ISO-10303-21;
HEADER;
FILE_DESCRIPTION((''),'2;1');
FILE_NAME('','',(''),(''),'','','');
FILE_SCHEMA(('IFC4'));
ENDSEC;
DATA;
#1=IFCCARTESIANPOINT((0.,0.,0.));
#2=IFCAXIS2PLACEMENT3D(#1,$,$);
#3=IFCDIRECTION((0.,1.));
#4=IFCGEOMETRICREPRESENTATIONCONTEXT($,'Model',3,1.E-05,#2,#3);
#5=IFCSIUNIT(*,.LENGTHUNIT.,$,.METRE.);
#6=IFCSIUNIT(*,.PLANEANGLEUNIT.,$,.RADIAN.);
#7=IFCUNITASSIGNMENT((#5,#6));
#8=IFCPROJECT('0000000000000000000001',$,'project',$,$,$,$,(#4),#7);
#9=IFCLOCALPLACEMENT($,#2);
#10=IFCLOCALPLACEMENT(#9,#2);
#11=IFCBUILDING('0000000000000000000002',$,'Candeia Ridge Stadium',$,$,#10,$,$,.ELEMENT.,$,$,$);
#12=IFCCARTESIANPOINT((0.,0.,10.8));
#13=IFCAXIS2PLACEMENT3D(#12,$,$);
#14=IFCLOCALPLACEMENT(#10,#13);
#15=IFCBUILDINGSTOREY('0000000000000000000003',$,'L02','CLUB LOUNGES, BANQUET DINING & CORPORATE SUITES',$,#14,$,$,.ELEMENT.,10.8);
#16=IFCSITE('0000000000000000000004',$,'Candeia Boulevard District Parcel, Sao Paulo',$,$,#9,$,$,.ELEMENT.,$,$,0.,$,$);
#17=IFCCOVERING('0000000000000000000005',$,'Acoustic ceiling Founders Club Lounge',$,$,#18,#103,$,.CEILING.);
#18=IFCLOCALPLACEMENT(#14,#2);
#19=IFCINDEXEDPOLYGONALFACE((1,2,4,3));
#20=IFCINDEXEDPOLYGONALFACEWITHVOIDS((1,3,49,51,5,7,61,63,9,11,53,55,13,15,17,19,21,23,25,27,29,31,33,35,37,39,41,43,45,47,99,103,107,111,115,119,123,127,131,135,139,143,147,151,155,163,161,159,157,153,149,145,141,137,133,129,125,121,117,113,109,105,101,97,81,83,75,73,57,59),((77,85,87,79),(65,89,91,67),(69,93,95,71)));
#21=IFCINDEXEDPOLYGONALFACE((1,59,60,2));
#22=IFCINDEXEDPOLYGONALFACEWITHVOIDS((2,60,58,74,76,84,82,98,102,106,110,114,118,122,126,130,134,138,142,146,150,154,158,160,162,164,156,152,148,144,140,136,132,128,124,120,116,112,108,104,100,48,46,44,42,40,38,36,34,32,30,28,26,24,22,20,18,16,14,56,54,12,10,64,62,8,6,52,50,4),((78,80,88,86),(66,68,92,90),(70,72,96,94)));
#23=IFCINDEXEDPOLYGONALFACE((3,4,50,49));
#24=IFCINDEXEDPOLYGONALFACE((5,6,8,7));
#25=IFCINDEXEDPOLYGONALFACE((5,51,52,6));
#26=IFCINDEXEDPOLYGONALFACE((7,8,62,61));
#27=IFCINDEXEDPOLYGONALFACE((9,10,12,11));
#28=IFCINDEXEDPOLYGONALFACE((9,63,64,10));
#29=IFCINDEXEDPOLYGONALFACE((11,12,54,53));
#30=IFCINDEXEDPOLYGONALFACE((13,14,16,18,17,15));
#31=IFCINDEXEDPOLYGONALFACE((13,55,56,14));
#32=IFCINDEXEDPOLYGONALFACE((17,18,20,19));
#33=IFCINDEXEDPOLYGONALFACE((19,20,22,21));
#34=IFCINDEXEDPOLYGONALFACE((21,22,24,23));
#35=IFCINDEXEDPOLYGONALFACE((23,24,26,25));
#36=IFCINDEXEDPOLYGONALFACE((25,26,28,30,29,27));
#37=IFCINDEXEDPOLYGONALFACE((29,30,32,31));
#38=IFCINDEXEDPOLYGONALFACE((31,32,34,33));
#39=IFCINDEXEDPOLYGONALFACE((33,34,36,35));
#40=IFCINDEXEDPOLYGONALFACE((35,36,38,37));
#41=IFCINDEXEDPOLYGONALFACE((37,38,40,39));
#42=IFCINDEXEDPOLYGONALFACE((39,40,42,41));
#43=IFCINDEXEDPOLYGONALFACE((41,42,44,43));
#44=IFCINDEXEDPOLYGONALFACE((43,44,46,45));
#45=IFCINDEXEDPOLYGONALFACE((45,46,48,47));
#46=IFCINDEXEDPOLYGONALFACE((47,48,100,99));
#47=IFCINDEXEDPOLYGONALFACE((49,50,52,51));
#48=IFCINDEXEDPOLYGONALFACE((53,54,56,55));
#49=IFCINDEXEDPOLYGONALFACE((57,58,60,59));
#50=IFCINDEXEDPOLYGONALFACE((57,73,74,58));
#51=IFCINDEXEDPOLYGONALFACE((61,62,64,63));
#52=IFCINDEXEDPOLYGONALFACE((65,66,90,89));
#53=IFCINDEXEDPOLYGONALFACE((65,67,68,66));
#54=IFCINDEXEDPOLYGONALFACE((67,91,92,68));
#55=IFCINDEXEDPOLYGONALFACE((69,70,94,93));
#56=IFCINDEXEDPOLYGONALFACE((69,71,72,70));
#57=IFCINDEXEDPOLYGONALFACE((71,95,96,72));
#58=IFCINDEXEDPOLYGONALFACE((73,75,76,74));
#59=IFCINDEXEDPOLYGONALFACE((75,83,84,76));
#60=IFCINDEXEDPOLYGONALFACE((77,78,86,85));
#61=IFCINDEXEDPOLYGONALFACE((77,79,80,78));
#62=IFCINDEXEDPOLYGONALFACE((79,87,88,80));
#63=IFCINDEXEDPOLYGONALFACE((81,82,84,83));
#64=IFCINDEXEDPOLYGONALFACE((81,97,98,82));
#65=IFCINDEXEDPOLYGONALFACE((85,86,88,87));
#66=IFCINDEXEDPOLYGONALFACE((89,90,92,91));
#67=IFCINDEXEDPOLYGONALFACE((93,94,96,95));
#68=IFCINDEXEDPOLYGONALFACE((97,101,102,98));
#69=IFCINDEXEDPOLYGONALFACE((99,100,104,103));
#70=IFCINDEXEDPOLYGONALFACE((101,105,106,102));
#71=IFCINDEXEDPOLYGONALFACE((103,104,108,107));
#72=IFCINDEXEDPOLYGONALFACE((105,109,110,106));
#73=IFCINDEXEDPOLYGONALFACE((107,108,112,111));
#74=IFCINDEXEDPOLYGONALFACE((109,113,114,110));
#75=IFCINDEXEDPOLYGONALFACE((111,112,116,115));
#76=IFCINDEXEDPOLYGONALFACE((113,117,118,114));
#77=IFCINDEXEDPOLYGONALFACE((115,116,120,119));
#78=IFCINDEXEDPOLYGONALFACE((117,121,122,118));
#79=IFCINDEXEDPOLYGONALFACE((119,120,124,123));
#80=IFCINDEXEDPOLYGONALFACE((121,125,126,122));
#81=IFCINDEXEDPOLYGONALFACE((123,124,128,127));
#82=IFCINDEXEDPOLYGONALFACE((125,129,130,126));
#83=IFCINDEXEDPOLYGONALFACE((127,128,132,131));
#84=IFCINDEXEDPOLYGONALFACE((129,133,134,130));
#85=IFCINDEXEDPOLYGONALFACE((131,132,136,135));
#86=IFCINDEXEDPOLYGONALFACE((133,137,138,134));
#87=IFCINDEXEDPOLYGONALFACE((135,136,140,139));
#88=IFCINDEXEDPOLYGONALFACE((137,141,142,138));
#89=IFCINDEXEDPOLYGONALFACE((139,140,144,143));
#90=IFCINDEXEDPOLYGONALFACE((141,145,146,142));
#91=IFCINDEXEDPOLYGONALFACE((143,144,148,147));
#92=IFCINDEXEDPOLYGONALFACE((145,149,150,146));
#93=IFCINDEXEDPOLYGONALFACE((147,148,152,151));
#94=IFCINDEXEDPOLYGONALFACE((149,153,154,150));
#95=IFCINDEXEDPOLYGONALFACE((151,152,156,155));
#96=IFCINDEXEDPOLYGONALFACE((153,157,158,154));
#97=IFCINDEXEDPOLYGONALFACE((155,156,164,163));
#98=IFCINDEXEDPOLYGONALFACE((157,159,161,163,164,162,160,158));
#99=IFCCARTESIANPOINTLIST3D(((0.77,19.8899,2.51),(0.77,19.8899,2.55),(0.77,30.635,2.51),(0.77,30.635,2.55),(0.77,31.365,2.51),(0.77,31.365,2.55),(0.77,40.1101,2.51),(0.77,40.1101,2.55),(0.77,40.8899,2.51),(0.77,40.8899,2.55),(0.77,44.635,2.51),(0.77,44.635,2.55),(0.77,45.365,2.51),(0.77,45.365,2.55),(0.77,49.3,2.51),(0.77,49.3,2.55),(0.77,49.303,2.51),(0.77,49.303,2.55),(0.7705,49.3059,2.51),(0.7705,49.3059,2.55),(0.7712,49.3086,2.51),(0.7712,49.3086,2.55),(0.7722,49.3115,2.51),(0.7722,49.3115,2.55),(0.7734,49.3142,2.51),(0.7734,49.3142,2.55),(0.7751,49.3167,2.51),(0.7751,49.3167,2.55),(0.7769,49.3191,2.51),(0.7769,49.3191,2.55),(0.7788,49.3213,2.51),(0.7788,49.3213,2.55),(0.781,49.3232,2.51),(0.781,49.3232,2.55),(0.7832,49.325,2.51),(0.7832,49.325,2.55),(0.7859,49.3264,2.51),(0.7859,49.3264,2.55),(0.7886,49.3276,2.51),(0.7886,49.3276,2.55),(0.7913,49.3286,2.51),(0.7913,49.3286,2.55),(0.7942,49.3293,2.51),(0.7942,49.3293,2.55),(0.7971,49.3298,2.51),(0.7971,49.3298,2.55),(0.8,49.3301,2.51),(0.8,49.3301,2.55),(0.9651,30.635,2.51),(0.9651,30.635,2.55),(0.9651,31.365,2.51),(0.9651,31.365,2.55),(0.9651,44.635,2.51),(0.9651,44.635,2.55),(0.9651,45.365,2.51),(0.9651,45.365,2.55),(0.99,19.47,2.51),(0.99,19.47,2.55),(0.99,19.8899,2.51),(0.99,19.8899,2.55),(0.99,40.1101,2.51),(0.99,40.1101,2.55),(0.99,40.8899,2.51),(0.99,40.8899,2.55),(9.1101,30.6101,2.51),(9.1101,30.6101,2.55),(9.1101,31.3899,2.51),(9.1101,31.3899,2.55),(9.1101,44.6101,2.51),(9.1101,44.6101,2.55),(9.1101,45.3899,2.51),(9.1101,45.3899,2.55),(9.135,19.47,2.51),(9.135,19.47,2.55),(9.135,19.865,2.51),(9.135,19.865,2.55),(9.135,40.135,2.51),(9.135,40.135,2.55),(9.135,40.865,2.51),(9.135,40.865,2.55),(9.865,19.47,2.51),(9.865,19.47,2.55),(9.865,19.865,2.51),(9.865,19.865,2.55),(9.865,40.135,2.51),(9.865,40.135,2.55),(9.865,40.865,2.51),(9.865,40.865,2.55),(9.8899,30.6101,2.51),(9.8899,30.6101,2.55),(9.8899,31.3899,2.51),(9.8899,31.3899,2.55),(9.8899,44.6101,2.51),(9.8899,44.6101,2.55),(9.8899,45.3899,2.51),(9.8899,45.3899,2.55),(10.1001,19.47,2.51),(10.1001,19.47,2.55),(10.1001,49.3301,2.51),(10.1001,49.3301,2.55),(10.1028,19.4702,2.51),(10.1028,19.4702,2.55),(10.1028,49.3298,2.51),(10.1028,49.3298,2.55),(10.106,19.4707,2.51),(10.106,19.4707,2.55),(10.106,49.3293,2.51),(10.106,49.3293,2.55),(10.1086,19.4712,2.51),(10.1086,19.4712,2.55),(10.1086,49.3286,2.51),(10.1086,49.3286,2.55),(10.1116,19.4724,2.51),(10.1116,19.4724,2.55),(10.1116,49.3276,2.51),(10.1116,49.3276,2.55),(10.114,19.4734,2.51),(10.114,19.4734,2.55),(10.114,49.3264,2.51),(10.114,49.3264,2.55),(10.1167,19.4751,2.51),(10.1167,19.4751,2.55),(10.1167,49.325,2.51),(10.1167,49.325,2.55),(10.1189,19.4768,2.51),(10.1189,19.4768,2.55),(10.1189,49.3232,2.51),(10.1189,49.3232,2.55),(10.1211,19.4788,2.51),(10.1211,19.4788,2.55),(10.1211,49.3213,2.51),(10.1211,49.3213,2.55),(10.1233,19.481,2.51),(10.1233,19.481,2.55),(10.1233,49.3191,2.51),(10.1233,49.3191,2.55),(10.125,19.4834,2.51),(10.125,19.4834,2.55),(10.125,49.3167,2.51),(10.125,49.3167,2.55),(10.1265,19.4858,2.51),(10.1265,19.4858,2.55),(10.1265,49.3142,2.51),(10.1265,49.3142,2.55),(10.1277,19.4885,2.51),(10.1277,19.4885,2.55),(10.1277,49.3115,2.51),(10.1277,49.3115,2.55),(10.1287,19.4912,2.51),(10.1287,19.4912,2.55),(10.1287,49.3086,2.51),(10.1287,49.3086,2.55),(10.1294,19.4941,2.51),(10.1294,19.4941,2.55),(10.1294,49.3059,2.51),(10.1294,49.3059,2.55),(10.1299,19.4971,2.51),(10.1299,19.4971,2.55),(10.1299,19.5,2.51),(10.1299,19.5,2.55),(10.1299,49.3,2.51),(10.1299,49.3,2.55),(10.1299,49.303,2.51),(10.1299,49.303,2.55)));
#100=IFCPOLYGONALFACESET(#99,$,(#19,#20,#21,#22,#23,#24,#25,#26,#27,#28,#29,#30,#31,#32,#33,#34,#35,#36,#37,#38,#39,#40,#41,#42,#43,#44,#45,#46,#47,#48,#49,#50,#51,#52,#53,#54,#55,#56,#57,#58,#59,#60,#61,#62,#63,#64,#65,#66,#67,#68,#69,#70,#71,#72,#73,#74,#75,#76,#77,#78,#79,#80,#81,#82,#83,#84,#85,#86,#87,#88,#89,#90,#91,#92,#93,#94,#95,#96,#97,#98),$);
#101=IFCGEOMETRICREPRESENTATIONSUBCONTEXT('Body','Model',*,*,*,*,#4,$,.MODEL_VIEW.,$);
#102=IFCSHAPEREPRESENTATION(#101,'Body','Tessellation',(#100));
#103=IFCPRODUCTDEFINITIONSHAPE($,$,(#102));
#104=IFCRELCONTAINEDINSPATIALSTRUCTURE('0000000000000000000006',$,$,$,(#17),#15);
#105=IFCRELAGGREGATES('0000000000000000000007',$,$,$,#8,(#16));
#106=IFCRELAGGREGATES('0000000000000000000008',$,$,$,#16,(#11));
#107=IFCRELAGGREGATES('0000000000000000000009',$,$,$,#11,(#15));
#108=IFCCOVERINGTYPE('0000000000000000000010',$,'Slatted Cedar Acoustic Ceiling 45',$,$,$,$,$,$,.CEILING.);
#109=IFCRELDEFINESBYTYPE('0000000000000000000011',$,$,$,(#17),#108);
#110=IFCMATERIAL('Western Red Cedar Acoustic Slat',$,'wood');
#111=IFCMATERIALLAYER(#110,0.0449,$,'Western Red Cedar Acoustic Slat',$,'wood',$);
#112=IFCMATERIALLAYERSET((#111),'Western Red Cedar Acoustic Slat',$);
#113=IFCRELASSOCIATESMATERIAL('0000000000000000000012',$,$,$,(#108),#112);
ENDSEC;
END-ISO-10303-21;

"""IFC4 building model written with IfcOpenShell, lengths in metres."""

from ifc_helpers import new_model, si_unit, direction, frame, origin, place, context, subcontext, project, spatial, polyline, outline, extrude, material, layer, layer_set, type_object, element, save


model = new_model("IFC4")

# Units and contexts
model_context = context("Model", 3, precision=1e-05, world=origin(), true_north=direction((0.0, 1.0)))
body_context = subcontext(model_context, "Body", "Model", "MODEL_VIEW")
ifc_project = project(units=[si_unit("LENGTHUNIT", "METRE"), si_unit("PLANEANGLEUNIT", "RADIAN")], contexts=[model_context])

# Site, building, storey
site_placement = place(None, origin())
site = spatial("IfcSite", under=ifc_project, at=site_placement, Name="Candeia Boulevard District Parcel, Sao Paulo", CompositionType="ELEMENT", RefElevation=0.0)
building_placement = place(site_placement, origin())
building = spatial("IfcBuilding", under=site, at=building_placement, Name="Candeia Ridge Stadium", CompositionType="ELEMENT")
storey_placement = place(building_placement, frame((0.0, 0.0, 10.8)))
storey = spatial("IfcBuildingStorey", under=building, at=storey_placement, Name="L02", Description="CLUB LOUNGES, BANQUET DINING & CORPORATE SUITES", CompositionType="ELEMENT", Elevation=10.8)

# Covering
ifc_material_1 = material(Name="Western Red Cedar Acoustic Slat", Category="wood")
ifc_layer_1 = layer(ifc_material_1, 0.0449, Name="Western Red Cedar Acoustic Slat", Category="wood")
ifc_layer_set_1 = layer_set([ifc_layer_1], Name="Western Red Cedar Acoustic Slat")
covering_type_1 = type_object("IfcCoveringType", Name="Slatted Cedar Acoustic Ceiling 45", PredefinedType="CEILING", material=ifc_layer_set_1)
covering_1_placement = place(storey_placement, frame((0.0, 0.0, 2.51)))
element("IfcCovering", 1, at=covering_1_placement, inside=storey, type_object=covering_type_1, Name="Acoustic ceiling Founders Club Lounge", PredefinedType="CEILING", context=body_context, shape_type="SweptSolid", body=[
    extrude(outline(polyline([(0.9651, 30.635), (0.9651, 31.365), (0.77, 31.365), (0.77, 40.1101), (0.99, 40.1101), (0.99, 40.8899), (0.77, 40.8899), (0.77, 44.635), (0.9651, 44.635), (0.9651, 45.365), (0.77, 45.365), (0.77, 49.3), (0.77, 49.303), (0.7705, 49.3059), (0.7712, 49.3086), (0.7722, 49.3115), (0.7734, 49.3142), (0.7751, 49.3167), (0.7769, 49.3191), (0.7788, 49.3213), (0.781, 49.3232), (0.7832, 49.325), (0.7859, 49.3264), (0.7886, 49.3276), (0.7913, 49.3286), (0.7942, 49.3293), (0.7971, 49.3298), (0.8, 49.3301), (10.1001, 49.3301), (10.1028, 49.3298), (10.106, 49.3293), (10.1086, 49.3286), (10.1116, 49.3276), (10.114, 49.3264), (10.1167, 49.325), (10.1189, 49.3232), (10.1211, 49.3213), (10.1233, 49.3191), (10.125, 49.3167), (10.1265, 49.3142), (10.1277, 49.3115), (10.1287, 49.3086), (10.1294, 49.3059), (10.1299, 49.303), (10.1299, 49.3), (10.1299, 19.5), (10.1299, 19.4971), (10.1294, 19.4941), (10.1287, 19.4912), (10.1277, 19.4885), (10.1265, 19.4858), (10.125, 19.4834), (10.1233, 19.481), (10.1211, 19.4788), (10.1189, 19.4768), (10.1167, 19.4751), (10.114, 19.4734), (10.1116, 19.4724), (10.1086, 19.4712), (10.106, 19.4707), (10.1028, 19.4702), (10.1001, 19.47), (9.865, 19.47), (9.865, 19.865), (9.135, 19.865), (9.135, 19.47), (0.99, 19.47), (0.99, 19.8899), (0.77, 19.8899), (0.77, 30.635), (0.9651, 30.635)]), holes=[polyline([(9.1101, 31.3899), (9.1101, 30.6101), (9.8899, 30.6101), (9.8899, 31.3899), (9.1101, 31.3899)]), polyline([(9.135, 40.865), (9.135, 40.135), (9.865, 40.135), (9.865, 40.865), (9.135, 40.865)]), polyline([(9.8899, 45.3899), (9.1101, 45.3899), (9.1101, 44.6101), (9.8899, 44.6101), (9.8899, 45.3899)])]), origin(), (0.0, 0.0, 1.0), 0.04),
])

save(model, "model.ifc")
